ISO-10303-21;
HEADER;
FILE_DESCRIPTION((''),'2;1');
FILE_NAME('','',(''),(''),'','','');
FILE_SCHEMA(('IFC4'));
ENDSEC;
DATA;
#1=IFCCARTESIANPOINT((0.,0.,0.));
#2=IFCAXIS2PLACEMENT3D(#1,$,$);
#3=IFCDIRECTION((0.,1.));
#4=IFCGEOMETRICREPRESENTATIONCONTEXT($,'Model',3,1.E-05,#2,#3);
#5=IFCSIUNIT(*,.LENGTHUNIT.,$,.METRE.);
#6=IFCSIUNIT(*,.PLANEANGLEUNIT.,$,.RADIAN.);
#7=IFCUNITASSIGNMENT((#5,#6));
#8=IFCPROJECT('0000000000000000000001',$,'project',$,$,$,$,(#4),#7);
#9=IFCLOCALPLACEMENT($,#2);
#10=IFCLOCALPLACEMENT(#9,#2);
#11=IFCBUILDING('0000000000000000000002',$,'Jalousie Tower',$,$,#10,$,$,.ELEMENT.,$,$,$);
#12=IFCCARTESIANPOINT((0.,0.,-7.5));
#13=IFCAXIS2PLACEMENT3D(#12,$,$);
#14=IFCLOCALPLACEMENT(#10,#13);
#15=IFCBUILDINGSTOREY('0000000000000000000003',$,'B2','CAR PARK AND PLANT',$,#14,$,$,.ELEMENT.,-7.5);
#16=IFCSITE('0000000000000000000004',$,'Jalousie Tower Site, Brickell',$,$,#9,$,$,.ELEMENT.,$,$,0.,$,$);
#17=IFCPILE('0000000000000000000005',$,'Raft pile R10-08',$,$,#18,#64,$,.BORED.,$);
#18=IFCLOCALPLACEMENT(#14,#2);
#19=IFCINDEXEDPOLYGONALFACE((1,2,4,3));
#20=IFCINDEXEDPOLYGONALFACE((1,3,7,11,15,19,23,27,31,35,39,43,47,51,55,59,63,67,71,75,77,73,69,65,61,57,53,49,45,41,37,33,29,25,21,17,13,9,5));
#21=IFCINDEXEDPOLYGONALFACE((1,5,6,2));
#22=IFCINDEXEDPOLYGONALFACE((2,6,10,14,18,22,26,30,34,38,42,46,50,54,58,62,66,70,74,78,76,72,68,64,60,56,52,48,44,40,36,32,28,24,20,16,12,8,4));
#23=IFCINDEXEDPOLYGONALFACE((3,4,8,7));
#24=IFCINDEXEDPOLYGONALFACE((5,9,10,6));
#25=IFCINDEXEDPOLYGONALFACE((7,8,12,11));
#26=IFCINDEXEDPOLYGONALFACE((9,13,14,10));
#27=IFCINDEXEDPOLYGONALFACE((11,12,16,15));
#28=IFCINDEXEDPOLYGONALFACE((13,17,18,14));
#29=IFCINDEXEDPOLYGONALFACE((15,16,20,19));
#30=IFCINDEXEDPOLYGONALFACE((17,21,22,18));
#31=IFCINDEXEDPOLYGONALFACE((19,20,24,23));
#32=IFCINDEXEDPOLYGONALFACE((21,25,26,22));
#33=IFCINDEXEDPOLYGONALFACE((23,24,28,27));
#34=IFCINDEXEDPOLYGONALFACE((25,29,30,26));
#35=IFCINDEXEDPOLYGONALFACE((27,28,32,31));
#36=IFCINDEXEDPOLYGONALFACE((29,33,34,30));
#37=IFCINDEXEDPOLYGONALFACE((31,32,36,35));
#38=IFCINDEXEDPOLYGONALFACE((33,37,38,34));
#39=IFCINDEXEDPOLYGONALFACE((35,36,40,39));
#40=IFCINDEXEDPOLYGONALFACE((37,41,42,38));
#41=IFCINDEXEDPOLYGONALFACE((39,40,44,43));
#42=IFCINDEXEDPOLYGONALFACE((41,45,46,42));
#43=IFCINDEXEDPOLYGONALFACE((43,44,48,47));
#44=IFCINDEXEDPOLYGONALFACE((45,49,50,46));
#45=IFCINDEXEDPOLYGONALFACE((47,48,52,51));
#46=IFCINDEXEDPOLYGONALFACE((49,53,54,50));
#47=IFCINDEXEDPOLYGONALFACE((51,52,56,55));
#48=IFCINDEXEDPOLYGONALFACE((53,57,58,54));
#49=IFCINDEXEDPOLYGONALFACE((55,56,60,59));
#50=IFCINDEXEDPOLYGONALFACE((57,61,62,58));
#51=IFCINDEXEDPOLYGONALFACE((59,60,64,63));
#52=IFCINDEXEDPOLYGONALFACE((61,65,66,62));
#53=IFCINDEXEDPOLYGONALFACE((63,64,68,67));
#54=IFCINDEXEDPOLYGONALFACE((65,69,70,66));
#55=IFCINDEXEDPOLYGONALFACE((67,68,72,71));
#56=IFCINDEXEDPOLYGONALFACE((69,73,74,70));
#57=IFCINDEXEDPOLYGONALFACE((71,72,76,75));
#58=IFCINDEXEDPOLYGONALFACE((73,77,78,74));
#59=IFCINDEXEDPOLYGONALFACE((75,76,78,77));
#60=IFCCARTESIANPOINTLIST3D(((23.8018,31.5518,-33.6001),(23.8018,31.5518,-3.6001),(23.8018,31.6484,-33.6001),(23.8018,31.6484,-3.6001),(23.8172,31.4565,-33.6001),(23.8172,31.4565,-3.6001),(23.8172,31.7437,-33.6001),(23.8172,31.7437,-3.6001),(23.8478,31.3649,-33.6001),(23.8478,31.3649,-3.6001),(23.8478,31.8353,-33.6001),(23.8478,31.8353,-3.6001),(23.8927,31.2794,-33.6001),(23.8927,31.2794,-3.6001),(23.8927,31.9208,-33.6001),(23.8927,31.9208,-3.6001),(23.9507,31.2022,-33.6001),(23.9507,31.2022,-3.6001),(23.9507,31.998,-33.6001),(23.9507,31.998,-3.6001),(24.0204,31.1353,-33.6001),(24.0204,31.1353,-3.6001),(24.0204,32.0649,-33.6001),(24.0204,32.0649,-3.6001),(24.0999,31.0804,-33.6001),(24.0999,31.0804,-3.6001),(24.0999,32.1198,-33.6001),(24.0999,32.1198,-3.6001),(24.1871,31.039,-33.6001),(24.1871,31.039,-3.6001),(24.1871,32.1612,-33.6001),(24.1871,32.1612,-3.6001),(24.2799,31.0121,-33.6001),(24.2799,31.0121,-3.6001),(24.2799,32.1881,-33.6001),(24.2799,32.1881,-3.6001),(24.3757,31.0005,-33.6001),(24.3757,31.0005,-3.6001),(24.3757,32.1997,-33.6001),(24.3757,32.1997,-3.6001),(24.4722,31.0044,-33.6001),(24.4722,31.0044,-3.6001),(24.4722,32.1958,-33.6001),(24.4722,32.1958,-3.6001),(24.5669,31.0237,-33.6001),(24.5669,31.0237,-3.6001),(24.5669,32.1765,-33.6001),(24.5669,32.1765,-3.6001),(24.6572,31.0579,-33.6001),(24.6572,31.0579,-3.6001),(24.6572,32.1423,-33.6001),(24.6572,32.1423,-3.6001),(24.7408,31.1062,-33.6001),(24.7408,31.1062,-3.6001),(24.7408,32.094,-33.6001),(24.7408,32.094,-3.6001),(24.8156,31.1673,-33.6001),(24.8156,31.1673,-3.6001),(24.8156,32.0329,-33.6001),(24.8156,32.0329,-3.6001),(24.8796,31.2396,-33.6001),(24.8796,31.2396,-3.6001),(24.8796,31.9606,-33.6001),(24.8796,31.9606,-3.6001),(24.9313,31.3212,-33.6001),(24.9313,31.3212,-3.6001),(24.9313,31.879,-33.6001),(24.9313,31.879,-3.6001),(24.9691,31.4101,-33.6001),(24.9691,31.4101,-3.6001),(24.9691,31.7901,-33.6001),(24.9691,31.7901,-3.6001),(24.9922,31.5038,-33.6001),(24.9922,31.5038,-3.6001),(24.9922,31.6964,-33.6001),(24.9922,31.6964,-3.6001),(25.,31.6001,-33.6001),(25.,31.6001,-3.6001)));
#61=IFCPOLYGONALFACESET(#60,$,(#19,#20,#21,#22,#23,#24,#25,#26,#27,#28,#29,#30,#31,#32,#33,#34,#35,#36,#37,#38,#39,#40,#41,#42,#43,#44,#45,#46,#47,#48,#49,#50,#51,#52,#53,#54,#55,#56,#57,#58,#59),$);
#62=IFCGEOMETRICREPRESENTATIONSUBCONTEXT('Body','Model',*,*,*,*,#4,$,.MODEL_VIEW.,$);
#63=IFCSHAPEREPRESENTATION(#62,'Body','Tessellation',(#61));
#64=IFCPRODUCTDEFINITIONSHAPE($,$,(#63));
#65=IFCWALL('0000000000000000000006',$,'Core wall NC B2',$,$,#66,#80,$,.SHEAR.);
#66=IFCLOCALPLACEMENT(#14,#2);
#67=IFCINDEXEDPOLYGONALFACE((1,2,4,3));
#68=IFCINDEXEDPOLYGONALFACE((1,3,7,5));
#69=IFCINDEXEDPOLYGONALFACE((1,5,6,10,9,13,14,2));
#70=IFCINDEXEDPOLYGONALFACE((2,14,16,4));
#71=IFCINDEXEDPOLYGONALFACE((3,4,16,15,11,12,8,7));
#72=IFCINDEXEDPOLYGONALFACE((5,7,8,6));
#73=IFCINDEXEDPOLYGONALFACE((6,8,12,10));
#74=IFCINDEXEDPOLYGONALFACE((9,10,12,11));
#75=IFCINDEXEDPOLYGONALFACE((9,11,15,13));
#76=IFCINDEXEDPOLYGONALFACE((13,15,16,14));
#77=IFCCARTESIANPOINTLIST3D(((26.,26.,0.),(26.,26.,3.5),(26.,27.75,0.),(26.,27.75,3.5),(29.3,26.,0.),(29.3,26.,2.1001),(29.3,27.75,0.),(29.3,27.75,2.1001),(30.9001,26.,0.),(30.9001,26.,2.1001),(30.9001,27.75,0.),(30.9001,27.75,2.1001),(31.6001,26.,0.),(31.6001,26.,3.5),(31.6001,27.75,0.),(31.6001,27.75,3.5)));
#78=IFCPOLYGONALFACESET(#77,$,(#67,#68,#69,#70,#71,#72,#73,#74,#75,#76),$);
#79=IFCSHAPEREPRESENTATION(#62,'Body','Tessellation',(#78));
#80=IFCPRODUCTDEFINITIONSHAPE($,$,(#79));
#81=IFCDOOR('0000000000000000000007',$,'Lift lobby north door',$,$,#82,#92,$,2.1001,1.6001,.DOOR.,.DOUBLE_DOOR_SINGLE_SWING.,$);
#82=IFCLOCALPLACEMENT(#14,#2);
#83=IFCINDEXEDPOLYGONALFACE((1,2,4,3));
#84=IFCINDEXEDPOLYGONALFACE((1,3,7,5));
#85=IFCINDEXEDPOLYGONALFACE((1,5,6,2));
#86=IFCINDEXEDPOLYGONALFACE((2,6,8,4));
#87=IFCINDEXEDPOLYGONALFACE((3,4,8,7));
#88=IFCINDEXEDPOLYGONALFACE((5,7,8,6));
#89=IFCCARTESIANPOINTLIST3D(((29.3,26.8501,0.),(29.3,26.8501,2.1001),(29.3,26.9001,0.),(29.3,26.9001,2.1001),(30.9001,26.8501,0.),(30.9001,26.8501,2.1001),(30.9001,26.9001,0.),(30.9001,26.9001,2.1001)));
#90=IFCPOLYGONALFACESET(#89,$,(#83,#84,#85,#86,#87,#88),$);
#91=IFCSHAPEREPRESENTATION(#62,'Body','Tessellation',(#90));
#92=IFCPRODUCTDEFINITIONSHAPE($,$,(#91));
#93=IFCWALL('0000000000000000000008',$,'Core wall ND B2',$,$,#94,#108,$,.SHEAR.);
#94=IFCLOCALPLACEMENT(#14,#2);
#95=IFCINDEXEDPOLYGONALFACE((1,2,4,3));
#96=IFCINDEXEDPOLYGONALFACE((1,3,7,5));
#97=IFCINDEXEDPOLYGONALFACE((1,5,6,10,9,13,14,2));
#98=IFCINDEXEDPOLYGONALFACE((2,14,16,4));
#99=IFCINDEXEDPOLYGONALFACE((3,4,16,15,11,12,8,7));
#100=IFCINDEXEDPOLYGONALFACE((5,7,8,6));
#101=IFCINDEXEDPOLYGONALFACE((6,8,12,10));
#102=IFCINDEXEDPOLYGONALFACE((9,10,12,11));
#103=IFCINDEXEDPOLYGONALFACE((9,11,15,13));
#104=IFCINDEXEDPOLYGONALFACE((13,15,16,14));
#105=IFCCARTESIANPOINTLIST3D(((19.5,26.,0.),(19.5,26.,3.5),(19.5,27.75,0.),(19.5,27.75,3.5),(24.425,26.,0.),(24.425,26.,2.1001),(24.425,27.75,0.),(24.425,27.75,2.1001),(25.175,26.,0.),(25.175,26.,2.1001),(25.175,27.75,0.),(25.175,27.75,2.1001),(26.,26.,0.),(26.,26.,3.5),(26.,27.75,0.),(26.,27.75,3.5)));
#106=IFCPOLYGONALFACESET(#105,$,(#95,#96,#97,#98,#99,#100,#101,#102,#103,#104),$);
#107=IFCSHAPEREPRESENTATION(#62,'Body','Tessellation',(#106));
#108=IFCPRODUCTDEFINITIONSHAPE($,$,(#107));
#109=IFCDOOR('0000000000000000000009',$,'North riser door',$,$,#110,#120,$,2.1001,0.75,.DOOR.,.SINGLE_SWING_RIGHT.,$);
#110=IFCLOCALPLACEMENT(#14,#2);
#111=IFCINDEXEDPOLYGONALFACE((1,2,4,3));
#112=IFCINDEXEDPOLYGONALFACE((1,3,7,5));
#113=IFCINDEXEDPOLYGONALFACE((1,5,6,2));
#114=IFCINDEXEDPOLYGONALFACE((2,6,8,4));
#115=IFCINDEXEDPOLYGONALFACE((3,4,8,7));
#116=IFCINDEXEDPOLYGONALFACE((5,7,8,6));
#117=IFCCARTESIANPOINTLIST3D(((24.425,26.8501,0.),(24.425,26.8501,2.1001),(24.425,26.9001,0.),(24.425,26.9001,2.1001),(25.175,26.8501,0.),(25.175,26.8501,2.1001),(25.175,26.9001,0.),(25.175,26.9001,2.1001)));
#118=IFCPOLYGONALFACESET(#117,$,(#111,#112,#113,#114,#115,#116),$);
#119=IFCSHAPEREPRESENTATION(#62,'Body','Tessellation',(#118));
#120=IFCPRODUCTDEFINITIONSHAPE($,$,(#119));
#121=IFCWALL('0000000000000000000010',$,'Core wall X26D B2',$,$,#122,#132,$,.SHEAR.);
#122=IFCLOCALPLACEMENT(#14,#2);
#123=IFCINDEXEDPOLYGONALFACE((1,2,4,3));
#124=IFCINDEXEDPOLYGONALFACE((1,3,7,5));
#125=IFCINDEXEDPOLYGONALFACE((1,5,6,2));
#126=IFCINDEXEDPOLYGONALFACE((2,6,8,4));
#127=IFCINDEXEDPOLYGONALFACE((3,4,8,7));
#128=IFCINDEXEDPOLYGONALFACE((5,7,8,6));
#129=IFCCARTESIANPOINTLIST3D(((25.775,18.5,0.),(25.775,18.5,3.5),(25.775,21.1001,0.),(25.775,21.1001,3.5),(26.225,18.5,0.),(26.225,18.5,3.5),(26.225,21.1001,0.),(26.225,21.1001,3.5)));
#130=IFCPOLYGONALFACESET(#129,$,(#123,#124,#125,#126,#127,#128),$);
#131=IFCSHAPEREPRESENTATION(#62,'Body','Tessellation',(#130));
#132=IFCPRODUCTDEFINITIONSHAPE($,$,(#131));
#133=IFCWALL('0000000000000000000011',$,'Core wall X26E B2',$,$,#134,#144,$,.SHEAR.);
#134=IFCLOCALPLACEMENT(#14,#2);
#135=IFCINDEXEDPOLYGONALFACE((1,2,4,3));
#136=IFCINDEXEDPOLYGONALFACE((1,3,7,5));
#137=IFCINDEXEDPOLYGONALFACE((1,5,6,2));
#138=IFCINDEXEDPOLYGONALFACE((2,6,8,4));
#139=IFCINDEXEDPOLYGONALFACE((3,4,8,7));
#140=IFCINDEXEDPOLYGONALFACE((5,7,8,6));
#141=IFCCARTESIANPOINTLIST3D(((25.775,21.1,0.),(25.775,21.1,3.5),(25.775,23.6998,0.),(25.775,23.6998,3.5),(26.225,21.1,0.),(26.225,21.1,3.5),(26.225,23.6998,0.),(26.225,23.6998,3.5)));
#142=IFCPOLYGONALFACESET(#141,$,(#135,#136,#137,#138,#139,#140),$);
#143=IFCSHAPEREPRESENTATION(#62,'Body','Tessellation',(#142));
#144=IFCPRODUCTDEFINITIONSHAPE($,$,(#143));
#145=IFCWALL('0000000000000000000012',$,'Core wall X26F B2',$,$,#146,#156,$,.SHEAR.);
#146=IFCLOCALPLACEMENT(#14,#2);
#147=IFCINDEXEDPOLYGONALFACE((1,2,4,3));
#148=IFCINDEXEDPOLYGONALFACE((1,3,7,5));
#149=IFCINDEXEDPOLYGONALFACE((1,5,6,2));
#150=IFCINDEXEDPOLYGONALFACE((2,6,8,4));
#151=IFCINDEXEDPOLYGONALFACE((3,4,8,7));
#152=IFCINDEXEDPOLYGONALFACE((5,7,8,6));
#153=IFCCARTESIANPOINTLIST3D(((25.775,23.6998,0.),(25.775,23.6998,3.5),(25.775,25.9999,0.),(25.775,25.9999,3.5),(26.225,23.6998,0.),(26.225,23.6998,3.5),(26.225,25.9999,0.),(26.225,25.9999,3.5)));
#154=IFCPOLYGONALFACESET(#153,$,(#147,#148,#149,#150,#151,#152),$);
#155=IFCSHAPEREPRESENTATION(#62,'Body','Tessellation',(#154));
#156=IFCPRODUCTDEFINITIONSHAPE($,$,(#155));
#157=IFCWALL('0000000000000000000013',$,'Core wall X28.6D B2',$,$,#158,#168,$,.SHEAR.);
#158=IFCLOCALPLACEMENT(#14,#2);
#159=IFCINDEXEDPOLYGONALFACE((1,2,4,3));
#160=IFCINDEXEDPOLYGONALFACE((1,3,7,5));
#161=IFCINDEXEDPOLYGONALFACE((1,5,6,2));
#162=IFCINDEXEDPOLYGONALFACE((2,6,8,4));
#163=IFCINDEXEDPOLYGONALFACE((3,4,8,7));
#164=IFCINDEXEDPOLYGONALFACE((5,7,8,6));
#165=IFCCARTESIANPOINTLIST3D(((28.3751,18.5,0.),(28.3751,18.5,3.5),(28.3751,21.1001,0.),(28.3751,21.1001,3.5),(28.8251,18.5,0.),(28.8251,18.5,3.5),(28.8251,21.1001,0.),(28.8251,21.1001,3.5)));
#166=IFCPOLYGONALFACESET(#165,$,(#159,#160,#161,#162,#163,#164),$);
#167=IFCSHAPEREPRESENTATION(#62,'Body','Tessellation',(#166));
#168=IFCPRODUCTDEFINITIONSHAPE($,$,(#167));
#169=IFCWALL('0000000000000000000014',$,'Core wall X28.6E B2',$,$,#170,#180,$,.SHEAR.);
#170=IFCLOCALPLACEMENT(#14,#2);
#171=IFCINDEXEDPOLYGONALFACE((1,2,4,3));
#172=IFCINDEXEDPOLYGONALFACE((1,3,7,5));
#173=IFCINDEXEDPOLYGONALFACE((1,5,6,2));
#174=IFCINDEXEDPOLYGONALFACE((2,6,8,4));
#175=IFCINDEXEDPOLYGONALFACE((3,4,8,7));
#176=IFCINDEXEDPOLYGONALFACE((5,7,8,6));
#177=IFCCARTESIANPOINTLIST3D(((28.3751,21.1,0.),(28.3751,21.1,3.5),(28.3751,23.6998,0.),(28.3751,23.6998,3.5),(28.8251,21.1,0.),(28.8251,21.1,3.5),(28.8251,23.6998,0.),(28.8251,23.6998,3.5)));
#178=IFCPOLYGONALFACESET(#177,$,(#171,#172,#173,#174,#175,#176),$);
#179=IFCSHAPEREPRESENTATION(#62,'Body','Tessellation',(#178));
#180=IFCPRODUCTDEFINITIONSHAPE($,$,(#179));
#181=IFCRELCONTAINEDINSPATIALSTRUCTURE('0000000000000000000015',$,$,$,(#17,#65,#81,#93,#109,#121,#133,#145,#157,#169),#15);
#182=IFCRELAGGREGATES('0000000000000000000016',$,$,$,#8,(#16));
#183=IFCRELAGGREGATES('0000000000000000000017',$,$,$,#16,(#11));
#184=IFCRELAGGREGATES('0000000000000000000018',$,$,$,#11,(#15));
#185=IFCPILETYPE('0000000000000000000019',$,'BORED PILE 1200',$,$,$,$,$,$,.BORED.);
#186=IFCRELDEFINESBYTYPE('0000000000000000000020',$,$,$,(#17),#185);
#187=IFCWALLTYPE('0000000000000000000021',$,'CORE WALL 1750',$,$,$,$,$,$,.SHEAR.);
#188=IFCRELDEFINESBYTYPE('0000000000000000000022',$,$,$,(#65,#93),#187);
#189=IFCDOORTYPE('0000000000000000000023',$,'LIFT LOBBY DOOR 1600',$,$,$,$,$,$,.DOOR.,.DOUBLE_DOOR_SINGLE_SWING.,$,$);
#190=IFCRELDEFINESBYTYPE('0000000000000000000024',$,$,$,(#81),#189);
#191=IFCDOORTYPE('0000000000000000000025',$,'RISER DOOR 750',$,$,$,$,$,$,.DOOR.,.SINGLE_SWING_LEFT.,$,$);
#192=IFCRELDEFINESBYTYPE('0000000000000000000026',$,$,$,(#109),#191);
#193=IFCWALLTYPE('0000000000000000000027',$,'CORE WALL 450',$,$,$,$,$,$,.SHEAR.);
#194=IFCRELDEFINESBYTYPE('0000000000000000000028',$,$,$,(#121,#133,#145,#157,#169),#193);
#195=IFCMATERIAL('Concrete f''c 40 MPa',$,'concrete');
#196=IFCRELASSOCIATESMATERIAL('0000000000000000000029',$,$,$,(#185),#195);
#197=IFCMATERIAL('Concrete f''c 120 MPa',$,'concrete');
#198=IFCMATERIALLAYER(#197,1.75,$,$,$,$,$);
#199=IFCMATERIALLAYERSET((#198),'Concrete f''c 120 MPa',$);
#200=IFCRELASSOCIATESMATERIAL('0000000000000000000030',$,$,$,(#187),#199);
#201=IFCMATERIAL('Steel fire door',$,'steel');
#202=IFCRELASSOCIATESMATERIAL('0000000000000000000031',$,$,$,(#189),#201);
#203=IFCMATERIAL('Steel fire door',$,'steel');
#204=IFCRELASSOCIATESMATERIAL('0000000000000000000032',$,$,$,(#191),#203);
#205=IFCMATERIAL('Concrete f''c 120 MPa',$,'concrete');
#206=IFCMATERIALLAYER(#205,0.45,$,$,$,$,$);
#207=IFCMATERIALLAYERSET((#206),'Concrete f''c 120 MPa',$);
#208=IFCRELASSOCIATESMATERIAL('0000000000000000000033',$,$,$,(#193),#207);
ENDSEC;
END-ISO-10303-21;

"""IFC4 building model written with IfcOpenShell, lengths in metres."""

from ifc_helpers import new_model, si_unit, direction, frame, frame_2d, origin, origin_2d, place, context, subcontext, project, spatial, rectangle, circle, extrude, material, layer, layer_set, material_profile, profile_set, type_object, element, fill, save


model = new_model("IFC4")

# Units and contexts
model_context = context("Model", 3, precision=1e-05, world=origin(), true_north=direction((0.0, 1.0)))
body_context = subcontext(model_context, "Body", "Model", "MODEL_VIEW")
ifc_project = project(units=[si_unit("LENGTHUNIT", "METRE"), si_unit("PLANEANGLEUNIT", "RADIAN")], contexts=[model_context])

# Site, building, storey
site_placement = place(None, origin())
site = spatial("IfcSite", under=ifc_project, at=site_placement, Name="Jalousie Tower Site, Brickell", CompositionType="ELEMENT", RefElevation=0.0)
building_placement = place(site_placement, origin())
building = spatial("IfcBuilding", under=site, at=building_placement, Name="Jalousie Tower", CompositionType="ELEMENT")
storey_placement = place(building_placement, frame((0.0, 0.0, -7.5)))
storey = spatial("IfcBuildingStorey", under=building, at=storey_placement, Name="B2", Description="CAR PARK AND PLANT", CompositionType="ELEMENT", Elevation=-7.5)

# Pile
ifc_material_1 = material(Name="Concrete f'c 40 MPa", Category="concrete")
ifc_material_profile = material_profile(ifc_material_1, circle(Radius=0.6001, at=origin_2d()), Name="BORED PILE D1200")
ifc_profile_set = profile_set([ifc_material_profile], Name="Concrete f'c 40 MPa")
pile_type = type_object("IfcPileType", Name="BORED PILE 1200", PredefinedType="BORED", material=ifc_profile_set)
for number, where, z_axis, x_axis, name in (
    (1, (24.3999, 31.6001, -3.6001), (0.0, 0.0, -1.0), (1.0, 0.0, 0.0), "Raft pile R10-08"),
):
    element("IfcPile", number, at=place(storey_placement, frame(where, z_axis=z_axis, x_axis=x_axis)), inside=storey, type_object=pile_type, Name=name, PredefinedType="BORED", context=body_context, shape_type="SweptSolid", body=[
        extrude(circle(Radius=0.6001, at=origin_2d()), origin(), (0.0, 0.0, 1.0), 30.0),
    ])

# Walls, openings, doors
ifc_material_2 = material(Name="Concrete f'c 120 MPa", Category="concrete")
ifc_layer_1 = layer(ifc_material_2, 1.75)
ifc_layer_set_1 = layer_set([ifc_layer_1], Name="Concrete f'c 120 MPa")
wall_type_1 = type_object("IfcWallType", Name="CORE WALL 1750", PredefinedType="SHEAR", material=ifc_layer_set_1)
wall_1_placement = place(storey_placement, frame((31.6001, 26.875, 0.0), z_axis=(0.0, 0.0, 1.0), x_axis=(-1.0, 0.0, 0.0)))
wall_1 = element("IfcWall", 2, at=wall_1_placement, inside=storey, type_object=wall_type_1, Name="Core wall NC B2", PredefinedType="SHEAR", context=body_context, shape_type="SweptSolid", body=[
    extrude(rectangle(XDim=5.6001, YDim=1.75, at=frame_2d((2.8, 0.0))), origin(), (0.0, 0.0, 1.0), 3.5),
])
opening_1_placement = place(wall_1_placement, frame((0.7, 0.0, 0.0)))
opening_1 = element("IfcOpeningElement", 3, at=opening_1_placement, cuts=wall_1, PredefinedType="OPENING", context=body_context, shape_type="SweptSolid", body=[
    extrude(rectangle(XDim=1.6001, YDim=2.1001, at=frame_2d((0.8, 1.05))), frame((0.0, 0.885, 0.0), z_axis=(0.0, -1.0, 0.0), x_axis=(1.0, 0.0, 0.0)), (0.0, 0.0, 1.0), 1.77),
])
ifc_material_3 = material(Name="Steel fire door", Category="steel")
door_type_1 = type_object("IfcDoorType", Name="LIFT LOBBY DOOR 1600", OperationType="DOUBLE_DOOR_SINGLE_SWING", PredefinedType="DOOR", material=ifc_material_3)
door_1_placement = place(opening_1_placement, origin())
door_1 = element("IfcDoor", 4, at=door_1_placement, inside=storey, type_object=door_type_1, Name="Lift lobby north door", OperationType="DOUBLE_DOOR_SINGLE_SWING", OverallHeight=2.1001, OverallWidth=1.6001, PredefinedType="DOOR", context=body_context, shape_type="SweptSolid", body=[
    extrude(rectangle(XDim=1.6001, YDim=2.1001, at=frame_2d((0.8, 1.05))), frame((0.0, 0.0249, 0.0), z_axis=(0.0, -1.0, 0.0), x_axis=(1.0, 0.0, 0.0)), (0.0, 0.0, 1.0), 0.05),
])
fill(opening_1, door_1)
wall_2_placement = place(storey_placement, frame((26.0, 26.875, 0.0), z_axis=(0.0, 0.0, 1.0), x_axis=(-1.0, 0.0, 0.0)))
wall_2 = element("IfcWall", 5, at=wall_2_placement, inside=storey, type_object=wall_type_1, Name="Core wall ND B2", PredefinedType="SHEAR", context=body_context, shape_type="SweptSolid", body=[
    extrude(rectangle(XDim=6.5, YDim=1.75, at=frame_2d((3.25, 0.0))), origin(), (0.0, 0.0, 1.0), 3.5),
])
opening_2_placement = place(wall_2_placement, frame((0.825, 0.0, 0.0)))
opening_2 = element("IfcOpeningElement", 6, at=opening_2_placement, cuts=wall_2, PredefinedType="OPENING", context=body_context, shape_type="SweptSolid", body=[
    extrude(rectangle(XDim=0.75, YDim=2.1001, at=frame_2d((0.375, 1.05))), frame((0.0, 0.885, 0.0), z_axis=(0.0, -1.0, 0.0), x_axis=(1.0, 0.0, 0.0)), (0.0, 0.0, 1.0), 1.77),
])
ifc_material_4 = material(Name="Steel fire door", Category="steel")
door_type_2 = type_object("IfcDoorType", Name="RISER DOOR 750", OperationType="SINGLE_SWING_LEFT", PredefinedType="DOOR", material=ifc_material_4)
door_2_placement = place(opening_2_placement, origin())
door_2 = element("IfcDoor", 7, at=door_2_placement, inside=storey, type_object=door_type_2, Name="North riser door", OperationType="SINGLE_SWING_RIGHT", OverallHeight=2.1001, OverallWidth=0.75, PredefinedType="DOOR", context=body_context, shape_type="SweptSolid", body=[
    extrude(rectangle(XDim=0.75, YDim=2.1001, at=frame_2d((0.375, 1.05))), frame((0.0, 0.0249, 0.0), z_axis=(0.0, -1.0, 0.0), x_axis=(1.0, 0.0, 0.0)), (0.0, 0.0, 1.0), 0.05),
])
fill(opening_2, door_2)

# Walls
ifc_material_5 = material(Name="Concrete f'c 120 MPa", Category="concrete")
ifc_layer_2 = layer(ifc_material_5, 0.45)
ifc_layer_set_2 = layer_set([ifc_layer_2], Name="Concrete f'c 120 MPa")
wall_type_2 = type_object("IfcWallType", Name="CORE WALL 450", PredefinedType="SHEAR", material=ifc_layer_set_2)
wall_3_placement = place(storey_placement, frame((26.0, 18.5, 0.0), z_axis=(0.0, 0.0, 1.0), x_axis=(0.0, 1.0, 0.0)))
element("IfcWall", 8, at=wall_3_placement, inside=storey, type_object=wall_type_2, Name="Core wall X26D B2", PredefinedType="SHEAR", context=body_context, shape_type="SweptSolid", body=[
    extrude(rectangle(XDim=2.6001, YDim=0.45, at=frame_2d((1.3, 0.0))), origin(), (0.0, 0.0, 1.0), 3.5),
])
wall_4_placement = place(storey_placement, frame((26.0, 21.1001, 0.0), z_axis=(0.0, 0.0, 1.0), x_axis=(0.0, 1.0, 0.0)))
element("IfcWall", 9, at=wall_4_placement, inside=storey, type_object=wall_type_2, Name="Core wall X26E B2", PredefinedType="SHEAR", context=body_context, shape_type="SweptSolid", body=[
    extrude(rectangle(XDim=2.5999, YDim=0.45, at=frame_2d((1.2998, 0.0))), origin(), (0.0, 0.0, 1.0), 3.5),
])
wall_5_placement = place(storey_placement, frame((26.0, 23.7, 0.0), z_axis=(0.0, 0.0, 1.0), x_axis=(0.0, 1.0, 0.0)))
element("IfcWall", 10, at=wall_5_placement, inside=storey, type_object=wall_type_2, Name="Core wall X26F B2", PredefinedType="SHEAR", context=body_context, shape_type="SweptSolid", body=[
    extrude(rectangle(XDim=2.3, YDim=0.45, at=frame_2d((1.1499, 0.0))), origin(), (0.0, 0.0, 1.0), 3.5),
])
wall_6_placement = place(storey_placement, frame((28.6001, 18.5, 0.0), z_axis=(0.0, 0.0, 1.0), x_axis=(0.0, 1.0, 0.0)))
element("IfcWall", 11, at=wall_6_placement, inside=storey, type_object=wall_type_2, Name="Core wall X28.6D B2", PredefinedType="SHEAR", context=body_context, shape_type="SweptSolid", body=[
    extrude(rectangle(XDim=2.6001, YDim=0.45, at=frame_2d((1.3, 0.0))), origin(), (0.0, 0.0, 1.0), 3.5),
])
wall_7_placement = place(storey_placement, frame((28.6001, 21.1001, 0.0), z_axis=(0.0, 0.0, 1.0), x_axis=(0.0, 1.0, 0.0)))
element("IfcWall", 12, at=wall_7_placement, inside=storey, type_object=wall_type_2, Name="Core wall X28.6E B2", PredefinedType="SHEAR", context=body_context, shape_type="SweptSolid", body=[
    extrude(rectangle(XDim=2.5999, YDim=0.45, at=frame_2d((1.2998, 0.0))), origin(), (0.0, 0.0, 1.0), 3.5),
])

save(model, "model.ifc")
